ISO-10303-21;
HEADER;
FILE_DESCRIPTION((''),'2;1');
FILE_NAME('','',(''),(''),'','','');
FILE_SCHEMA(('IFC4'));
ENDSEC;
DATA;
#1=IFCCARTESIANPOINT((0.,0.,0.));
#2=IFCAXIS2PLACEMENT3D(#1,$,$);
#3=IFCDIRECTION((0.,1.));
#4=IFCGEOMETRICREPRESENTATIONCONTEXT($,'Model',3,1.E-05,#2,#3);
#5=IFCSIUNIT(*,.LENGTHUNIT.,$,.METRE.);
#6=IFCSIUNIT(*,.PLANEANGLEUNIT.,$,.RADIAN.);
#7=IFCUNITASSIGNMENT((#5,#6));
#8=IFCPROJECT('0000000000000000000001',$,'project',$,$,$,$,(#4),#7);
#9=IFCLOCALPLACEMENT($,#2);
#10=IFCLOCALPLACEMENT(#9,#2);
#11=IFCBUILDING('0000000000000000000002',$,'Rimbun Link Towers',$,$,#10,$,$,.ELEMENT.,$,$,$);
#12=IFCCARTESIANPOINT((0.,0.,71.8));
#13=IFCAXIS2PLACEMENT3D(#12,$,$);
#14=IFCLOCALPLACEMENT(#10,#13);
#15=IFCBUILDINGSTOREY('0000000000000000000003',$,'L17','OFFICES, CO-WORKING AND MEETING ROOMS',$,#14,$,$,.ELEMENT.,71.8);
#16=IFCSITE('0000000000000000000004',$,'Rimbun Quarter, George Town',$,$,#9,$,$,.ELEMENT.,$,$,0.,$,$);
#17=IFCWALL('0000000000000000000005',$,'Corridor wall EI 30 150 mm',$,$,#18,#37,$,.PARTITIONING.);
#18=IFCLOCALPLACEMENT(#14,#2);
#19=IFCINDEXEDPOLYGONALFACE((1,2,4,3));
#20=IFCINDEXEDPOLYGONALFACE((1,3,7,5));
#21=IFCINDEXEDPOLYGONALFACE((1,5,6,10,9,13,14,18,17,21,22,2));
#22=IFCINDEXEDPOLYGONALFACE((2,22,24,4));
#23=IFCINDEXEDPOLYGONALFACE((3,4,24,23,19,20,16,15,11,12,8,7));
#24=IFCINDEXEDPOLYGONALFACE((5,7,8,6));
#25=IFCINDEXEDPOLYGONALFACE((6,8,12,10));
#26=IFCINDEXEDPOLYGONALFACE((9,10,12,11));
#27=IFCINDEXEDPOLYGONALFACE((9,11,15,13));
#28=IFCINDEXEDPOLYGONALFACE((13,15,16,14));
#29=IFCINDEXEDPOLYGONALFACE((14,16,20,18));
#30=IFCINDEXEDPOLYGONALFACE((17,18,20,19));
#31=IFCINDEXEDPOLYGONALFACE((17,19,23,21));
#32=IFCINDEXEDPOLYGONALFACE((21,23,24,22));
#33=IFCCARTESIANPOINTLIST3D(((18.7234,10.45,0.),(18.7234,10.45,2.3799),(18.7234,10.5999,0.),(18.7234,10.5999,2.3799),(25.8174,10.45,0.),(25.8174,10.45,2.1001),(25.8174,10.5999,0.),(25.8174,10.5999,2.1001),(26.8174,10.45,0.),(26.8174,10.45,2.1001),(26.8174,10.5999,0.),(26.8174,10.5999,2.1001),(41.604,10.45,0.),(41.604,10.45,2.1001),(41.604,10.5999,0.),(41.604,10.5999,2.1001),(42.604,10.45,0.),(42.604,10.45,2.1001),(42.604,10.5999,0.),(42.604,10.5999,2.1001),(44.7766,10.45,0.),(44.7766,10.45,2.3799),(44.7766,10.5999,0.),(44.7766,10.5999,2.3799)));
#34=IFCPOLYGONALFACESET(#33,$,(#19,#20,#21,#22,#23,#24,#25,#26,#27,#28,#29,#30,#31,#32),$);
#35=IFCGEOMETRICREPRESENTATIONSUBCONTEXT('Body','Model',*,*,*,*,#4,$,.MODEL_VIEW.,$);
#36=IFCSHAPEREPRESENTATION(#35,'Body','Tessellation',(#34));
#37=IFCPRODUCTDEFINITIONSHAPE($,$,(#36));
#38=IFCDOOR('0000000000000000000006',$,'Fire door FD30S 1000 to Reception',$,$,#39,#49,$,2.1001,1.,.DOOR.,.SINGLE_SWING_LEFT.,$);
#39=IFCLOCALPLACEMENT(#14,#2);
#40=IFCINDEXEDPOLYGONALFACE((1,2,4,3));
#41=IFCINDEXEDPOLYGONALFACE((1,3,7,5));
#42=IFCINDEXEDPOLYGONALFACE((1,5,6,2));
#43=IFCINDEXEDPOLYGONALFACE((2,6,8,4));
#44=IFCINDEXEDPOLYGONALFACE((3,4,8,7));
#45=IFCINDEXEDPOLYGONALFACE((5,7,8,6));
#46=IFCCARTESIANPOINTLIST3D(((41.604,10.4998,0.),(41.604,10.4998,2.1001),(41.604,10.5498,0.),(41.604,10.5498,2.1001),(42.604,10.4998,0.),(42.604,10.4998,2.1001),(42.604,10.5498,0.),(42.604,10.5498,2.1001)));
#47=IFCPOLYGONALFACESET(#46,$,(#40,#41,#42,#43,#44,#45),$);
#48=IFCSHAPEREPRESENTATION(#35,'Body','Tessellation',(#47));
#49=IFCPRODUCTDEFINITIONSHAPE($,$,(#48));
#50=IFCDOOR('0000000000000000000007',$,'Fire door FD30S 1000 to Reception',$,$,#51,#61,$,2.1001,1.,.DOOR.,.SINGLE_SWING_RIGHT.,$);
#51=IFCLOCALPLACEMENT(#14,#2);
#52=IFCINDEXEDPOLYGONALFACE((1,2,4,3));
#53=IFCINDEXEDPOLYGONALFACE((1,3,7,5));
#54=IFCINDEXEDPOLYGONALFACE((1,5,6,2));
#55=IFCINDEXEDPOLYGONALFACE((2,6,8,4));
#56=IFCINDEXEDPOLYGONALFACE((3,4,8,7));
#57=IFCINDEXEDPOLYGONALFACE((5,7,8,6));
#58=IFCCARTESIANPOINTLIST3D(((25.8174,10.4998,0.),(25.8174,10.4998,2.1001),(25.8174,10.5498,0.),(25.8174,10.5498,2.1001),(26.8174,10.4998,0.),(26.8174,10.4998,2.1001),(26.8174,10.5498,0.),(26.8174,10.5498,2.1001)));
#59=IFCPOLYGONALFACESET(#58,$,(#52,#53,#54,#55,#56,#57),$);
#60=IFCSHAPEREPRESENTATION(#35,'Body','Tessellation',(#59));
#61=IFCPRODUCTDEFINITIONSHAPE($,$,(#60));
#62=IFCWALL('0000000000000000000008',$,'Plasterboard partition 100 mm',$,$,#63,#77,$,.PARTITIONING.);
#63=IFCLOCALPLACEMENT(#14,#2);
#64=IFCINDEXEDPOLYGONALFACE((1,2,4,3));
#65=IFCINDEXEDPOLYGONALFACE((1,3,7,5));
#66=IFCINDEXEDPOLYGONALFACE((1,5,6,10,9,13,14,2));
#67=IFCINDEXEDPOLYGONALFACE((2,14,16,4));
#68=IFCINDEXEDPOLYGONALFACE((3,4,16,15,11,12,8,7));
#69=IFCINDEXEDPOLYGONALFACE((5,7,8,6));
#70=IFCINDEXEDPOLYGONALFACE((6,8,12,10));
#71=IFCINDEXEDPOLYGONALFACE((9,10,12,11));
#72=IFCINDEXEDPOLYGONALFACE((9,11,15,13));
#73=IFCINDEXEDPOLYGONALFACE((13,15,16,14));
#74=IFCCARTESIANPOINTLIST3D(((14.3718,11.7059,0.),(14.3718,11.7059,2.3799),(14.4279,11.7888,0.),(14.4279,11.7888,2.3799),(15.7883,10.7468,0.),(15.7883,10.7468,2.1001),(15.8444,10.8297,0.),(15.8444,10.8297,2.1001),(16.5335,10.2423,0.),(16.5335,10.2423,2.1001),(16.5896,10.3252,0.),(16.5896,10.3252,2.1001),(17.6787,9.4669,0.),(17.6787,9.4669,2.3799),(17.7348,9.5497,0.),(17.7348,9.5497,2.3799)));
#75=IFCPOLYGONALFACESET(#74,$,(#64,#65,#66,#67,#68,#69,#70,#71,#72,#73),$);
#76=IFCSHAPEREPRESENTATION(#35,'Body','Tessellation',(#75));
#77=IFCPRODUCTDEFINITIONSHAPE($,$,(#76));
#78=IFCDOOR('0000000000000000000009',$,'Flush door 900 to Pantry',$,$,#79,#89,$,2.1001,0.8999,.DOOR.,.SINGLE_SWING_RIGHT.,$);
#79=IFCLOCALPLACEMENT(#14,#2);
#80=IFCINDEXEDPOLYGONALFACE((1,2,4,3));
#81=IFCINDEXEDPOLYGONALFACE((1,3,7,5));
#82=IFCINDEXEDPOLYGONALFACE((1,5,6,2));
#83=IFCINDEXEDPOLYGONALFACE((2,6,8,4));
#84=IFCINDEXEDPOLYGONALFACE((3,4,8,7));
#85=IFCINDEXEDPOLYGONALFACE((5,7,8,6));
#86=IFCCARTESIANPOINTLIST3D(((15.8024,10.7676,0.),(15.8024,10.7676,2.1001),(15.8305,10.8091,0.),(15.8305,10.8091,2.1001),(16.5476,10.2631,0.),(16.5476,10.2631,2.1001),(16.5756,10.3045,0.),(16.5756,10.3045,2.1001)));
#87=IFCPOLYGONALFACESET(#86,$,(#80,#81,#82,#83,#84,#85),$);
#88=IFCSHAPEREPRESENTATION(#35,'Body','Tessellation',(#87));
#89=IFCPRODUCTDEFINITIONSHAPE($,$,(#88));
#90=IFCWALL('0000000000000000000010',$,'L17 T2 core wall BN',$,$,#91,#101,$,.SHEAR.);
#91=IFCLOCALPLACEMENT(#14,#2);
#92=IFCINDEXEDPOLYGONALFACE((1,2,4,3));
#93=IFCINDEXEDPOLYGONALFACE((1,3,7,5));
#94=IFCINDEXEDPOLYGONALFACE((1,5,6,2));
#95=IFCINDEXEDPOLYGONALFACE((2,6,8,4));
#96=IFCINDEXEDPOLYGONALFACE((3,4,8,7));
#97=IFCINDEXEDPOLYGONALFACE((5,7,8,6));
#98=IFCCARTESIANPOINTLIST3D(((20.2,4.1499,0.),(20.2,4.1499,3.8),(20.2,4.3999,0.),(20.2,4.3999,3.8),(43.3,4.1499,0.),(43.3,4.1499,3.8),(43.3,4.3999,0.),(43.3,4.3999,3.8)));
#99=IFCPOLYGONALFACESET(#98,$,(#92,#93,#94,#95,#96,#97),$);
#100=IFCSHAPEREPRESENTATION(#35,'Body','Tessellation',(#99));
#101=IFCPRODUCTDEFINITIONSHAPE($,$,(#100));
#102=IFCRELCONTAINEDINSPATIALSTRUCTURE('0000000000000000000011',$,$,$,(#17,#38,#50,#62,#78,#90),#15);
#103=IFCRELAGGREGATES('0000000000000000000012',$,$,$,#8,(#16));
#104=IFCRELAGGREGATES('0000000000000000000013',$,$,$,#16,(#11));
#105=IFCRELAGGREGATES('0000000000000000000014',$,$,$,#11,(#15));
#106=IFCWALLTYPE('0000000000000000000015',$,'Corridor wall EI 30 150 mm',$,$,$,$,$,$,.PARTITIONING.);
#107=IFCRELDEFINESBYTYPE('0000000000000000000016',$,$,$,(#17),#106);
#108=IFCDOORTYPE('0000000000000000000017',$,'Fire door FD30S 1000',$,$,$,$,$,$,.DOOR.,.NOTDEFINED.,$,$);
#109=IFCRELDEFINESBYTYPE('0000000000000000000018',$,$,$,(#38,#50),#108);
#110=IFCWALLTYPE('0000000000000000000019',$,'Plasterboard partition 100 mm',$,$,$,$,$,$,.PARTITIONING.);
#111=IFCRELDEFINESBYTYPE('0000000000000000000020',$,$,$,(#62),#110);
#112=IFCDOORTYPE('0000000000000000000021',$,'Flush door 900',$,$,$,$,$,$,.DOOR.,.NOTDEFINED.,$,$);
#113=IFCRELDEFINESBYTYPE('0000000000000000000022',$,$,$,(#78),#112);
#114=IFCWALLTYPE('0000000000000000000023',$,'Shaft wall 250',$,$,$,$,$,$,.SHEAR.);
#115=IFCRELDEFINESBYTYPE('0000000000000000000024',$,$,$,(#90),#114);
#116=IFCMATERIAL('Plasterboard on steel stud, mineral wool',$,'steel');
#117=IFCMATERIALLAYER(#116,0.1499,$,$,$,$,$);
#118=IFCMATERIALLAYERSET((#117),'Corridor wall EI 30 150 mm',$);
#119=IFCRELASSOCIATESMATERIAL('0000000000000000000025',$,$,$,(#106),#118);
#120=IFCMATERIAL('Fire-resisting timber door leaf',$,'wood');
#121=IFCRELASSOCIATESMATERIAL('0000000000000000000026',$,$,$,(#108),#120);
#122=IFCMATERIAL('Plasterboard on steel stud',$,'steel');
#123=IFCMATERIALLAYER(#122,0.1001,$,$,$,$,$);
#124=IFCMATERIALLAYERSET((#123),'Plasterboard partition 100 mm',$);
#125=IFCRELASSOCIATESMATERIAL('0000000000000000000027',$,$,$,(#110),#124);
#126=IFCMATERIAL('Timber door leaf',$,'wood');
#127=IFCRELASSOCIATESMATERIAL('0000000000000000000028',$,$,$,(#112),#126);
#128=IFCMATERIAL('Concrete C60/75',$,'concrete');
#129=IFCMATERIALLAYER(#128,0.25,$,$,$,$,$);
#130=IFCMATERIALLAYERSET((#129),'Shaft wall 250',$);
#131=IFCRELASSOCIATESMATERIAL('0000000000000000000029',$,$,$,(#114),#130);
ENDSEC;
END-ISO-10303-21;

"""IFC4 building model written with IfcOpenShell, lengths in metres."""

from ifc_helpers import new_model, si_unit, direction, frame, frame_2d, origin, place, context, subcontext, project, spatial, rectangle, extrude, material, layer, layer_set, type_object, element, fill, save


model = new_model("IFC4")

# Units and contexts
model_context = context("Model", 3, precision=1e-05, world=origin(), true_north=direction((0.0, 1.0)))
body_context = subcontext(model_context, "Body", "Model", "MODEL_VIEW")
ifc_project = project(units=[si_unit("LENGTHUNIT", "METRE"), si_unit("PLANEANGLEUNIT", "RADIAN")], contexts=[model_context])

# Site, building, storey
site_placement = place(None, origin())
site = spatial("IfcSite", under=ifc_project, at=site_placement, Name="Rimbun Quarter, George Town", CompositionType="ELEMENT", RefElevation=0.0)
building_placement = place(site_placement, origin())
building = spatial("IfcBuilding", under=site, at=building_placement, Name="Rimbun Link Towers", CompositionType="ELEMENT")
storey_placement = place(building_placement, frame((0.0, 0.0, 71.8)))
storey = spatial("IfcBuildingStorey", under=building, at=storey_placement, Name="L17", Description="OFFICES, CO-WORKING AND MEETING ROOMS", CompositionType="ELEMENT", Elevation=71.8)

# Wall, openings, doors
ifc_material_1 = material(Name="Plasterboard on steel stud, mineral wool", Category="steel")
ifc_layer_1 = layer(ifc_material_1, 0.1499)
ifc_layer_set_1 = layer_set([ifc_layer_1], Name="Corridor wall EI 30 150 mm")
wall_type_1 = type_object("IfcWallType", Name="Corridor wall EI 30 150 mm", PredefinedType="PARTITIONING", material=ifc_layer_set_1)
wall_1_placement = place(storey_placement, frame((18.7234, 10.5249, 0.0), z_axis=(0.0, 0.0, 1.0), x_axis=(1.0, 0.0, 0.0)))
wall_1 = element("IfcWall", 1, at=wall_1_placement, inside=storey, type_object=wall_type_1, Name="Corridor wall EI 30 150 mm", PredefinedType="PARTITIONING", context=body_context, shape_type="SweptSolid", body=[
    extrude(rectangle(XDim=26.0532, YDim=0.1499, at=frame_2d((13.0266, 0.0))), origin(), (0.0, 0.0, 1.0), 2.3799),
])
opening_1_placement = place(wall_1_placement, frame((22.8806, 0.0, 0.0)))
opening_1 = element("IfcOpeningElement", 2, at=opening_1_placement, cuts=wall_1, PredefinedType="OPENING", context=body_context, shape_type="SweptSolid", body=[
    extrude(rectangle(XDim=1.0, YDim=2.1001, at=frame_2d((0.5, 1.05))), frame((0.0, 0.085, 0.0), z_axis=(0.0, -1.0, 0.0), x_axis=(1.0, 0.0, 0.0)), (0.0, 0.0, 1.0), 0.1699),
])
opening_2_placement = place(wall_1_placement, frame((7.094, 0.0, 0.0)))
opening_2 = element("IfcOpeningElement", 3, at=opening_2_placement, cuts=wall_1, PredefinedType="OPENING", context=body_context, shape_type="SweptSolid", body=[
    extrude(rectangle(XDim=1.0, YDim=2.1001, at=frame_2d((0.5, 1.05))), frame((0.0, 0.085, 0.0), z_axis=(0.0, -1.0, 0.0), x_axis=(1.0, 0.0, 0.0)), (0.0, 0.0, 1.0), 0.1699),
])
ifc_material_2 = material(Name="Fire-resisting timber door leaf", Category="wood")
door_type_1 = type_object("IfcDoorType", Name="Fire door FD30S 1000", OperationType="NOTDEFINED", PredefinedType="DOOR", material=ifc_material_2)
door_1_placement = place(opening_1_placement, origin())
door_1 = element("IfcDoor", 4, at=door_1_placement, inside=storey, type_object=door_type_1, Name="Fire door FD30S 1000 to Reception", OperationType="SINGLE_SWING_LEFT", OverallHeight=2.1001, OverallWidth=1.0, PredefinedType="DOOR", context=body_context, shape_type="SweptSolid", body=[
    extrude(rectangle(XDim=1.0, YDim=2.1001, at=frame_2d((0.5, 1.05))), frame((0.0, 0.0249, 0.0), z_axis=(0.0, -1.0, 0.0), x_axis=(1.0, 0.0, 0.0)), (0.0, 0.0, 1.0), 0.05),
])
fill(opening_1, door_1)
door_2_placement = place(opening_2_placement, origin())
door_2 = element("IfcDoor", 5, at=door_2_placement, inside=storey, type_object=door_type_1, Name="Fire door FD30S 1000 to Reception", OperationType="SINGLE_SWING_RIGHT", OverallHeight=2.1001, OverallWidth=1.0, PredefinedType="DOOR", context=body_context, shape_type="SweptSolid", body=[
    extrude(rectangle(XDim=1.0, YDim=2.1001, at=frame_2d((0.5, 1.05))), frame((0.0, 0.0249, 0.0), z_axis=(0.0, -1.0, 0.0), x_axis=(1.0, 0.0, 0.0)), (0.0, 0.0, 1.0), 0.05),
])
fill(opening_2, door_2)

# Wall, opening, door
ifc_material_3 = material(Name="Plasterboard on steel stud", Category="steel")
ifc_layer_2 = layer(ifc_material_3, 0.1001)
ifc_layer_set_2 = layer_set([ifc_layer_2], Name="Plasterboard partition 100 mm")
wall_type_2 = type_object("IfcWallType", Name="Plasterboard partition 100 mm", PredefinedType="PARTITIONING", material=ifc_layer_set_2)
wall_2_placement = place(storey_placement, frame((17.7068, 9.5083, 0.0), z_axis=(0.0, 0.0, 1.0), x_axis=(-0.828051, 0.560653, 0.0)))
wall_2 = element("IfcWall", 6, at=wall_2_placement, inside=storey, type_object=wall_type_2, Name="Plasterboard partition 100 mm", PredefinedType="PARTITIONING", context=body_context, shape_type="SweptSolid", body=[
    extrude(rectangle(XDim=3.9937, YDim=0.1001, at=frame_2d((1.9968, 0.0))), origin(), (0.0, 0.0, 1.0), 2.3799),
])
opening_3_placement = place(wall_2_placement, frame((1.3831, 0.0, 0.0)))
opening_3 = element("IfcOpeningElement", 7, at=opening_3_placement, cuts=wall_2, PredefinedType="OPENING", context=body_context, shape_type="SweptSolid", body=[
    extrude(rectangle(XDim=0.8999, YDim=2.1001, at=frame_2d((0.45, 1.05))), frame((0.0, 0.0601, 0.0), z_axis=(0.0, -1.0, 0.0), x_axis=(1.0, 0.0, 0.0)), (0.0, 0.0, 1.0), 0.1201),
])
ifc_material_4 = material(Name="Timber door leaf", Category="wood")
door_type_2 = type_object("IfcDoorType", Name="Flush door 900", OperationType="NOTDEFINED", PredefinedType="DOOR", material=ifc_material_4)
door_3_placement = place(opening_3_placement, origin())
door_3 = element("IfcDoor", 8, at=door_3_placement, inside=storey, type_object=door_type_2, Name="Flush door 900 to Pantry", OperationType="SINGLE_SWING_RIGHT", OverallHeight=2.1001, OverallWidth=0.8999, PredefinedType="DOOR", context=body_context, shape_type="SweptSolid", body=[
    extrude(rectangle(XDim=0.8999, YDim=2.1001, at=frame_2d((0.45, 1.05))), frame((0.0, 0.0249, 0.0), z_axis=(0.0, -1.0, 0.0), x_axis=(1.0, 0.0, 0.0)), (0.0, 0.0, 1.0), 0.05),
])
fill(opening_3, door_3)

# Wall
ifc_material_5 = material(Name="Concrete C60/75", Category="concrete")
ifc_layer_3 = layer(ifc_material_5, 0.25)
ifc_layer_set_3 = layer_set([ifc_layer_3], Name="Shaft wall 250")
wall_type_3 = type_object("IfcWallType", Name="Shaft wall 250", PredefinedType="SHEAR", material=ifc_layer_set_3)
wall_3_placement = place(storey_placement, frame((20.2, 4.2749, 0.0), z_axis=(0.0, 0.0, 1.0), x_axis=(1.0, 0.0, 0.0)))
element("IfcWall", 9, at=wall_3_placement, inside=storey, type_object=wall_type_3, Name="L17 T2 core wall BN", PredefinedType="SHEAR", context=body_context, shape_type="SweptSolid", body=[
    extrude(rectangle(XDim=23.1001, YDim=0.25, at=frame_2d((11.55, 0.0))), origin(), (0.0, 0.0, 1.0), 3.8),
])

save(model, "model.ifc")
